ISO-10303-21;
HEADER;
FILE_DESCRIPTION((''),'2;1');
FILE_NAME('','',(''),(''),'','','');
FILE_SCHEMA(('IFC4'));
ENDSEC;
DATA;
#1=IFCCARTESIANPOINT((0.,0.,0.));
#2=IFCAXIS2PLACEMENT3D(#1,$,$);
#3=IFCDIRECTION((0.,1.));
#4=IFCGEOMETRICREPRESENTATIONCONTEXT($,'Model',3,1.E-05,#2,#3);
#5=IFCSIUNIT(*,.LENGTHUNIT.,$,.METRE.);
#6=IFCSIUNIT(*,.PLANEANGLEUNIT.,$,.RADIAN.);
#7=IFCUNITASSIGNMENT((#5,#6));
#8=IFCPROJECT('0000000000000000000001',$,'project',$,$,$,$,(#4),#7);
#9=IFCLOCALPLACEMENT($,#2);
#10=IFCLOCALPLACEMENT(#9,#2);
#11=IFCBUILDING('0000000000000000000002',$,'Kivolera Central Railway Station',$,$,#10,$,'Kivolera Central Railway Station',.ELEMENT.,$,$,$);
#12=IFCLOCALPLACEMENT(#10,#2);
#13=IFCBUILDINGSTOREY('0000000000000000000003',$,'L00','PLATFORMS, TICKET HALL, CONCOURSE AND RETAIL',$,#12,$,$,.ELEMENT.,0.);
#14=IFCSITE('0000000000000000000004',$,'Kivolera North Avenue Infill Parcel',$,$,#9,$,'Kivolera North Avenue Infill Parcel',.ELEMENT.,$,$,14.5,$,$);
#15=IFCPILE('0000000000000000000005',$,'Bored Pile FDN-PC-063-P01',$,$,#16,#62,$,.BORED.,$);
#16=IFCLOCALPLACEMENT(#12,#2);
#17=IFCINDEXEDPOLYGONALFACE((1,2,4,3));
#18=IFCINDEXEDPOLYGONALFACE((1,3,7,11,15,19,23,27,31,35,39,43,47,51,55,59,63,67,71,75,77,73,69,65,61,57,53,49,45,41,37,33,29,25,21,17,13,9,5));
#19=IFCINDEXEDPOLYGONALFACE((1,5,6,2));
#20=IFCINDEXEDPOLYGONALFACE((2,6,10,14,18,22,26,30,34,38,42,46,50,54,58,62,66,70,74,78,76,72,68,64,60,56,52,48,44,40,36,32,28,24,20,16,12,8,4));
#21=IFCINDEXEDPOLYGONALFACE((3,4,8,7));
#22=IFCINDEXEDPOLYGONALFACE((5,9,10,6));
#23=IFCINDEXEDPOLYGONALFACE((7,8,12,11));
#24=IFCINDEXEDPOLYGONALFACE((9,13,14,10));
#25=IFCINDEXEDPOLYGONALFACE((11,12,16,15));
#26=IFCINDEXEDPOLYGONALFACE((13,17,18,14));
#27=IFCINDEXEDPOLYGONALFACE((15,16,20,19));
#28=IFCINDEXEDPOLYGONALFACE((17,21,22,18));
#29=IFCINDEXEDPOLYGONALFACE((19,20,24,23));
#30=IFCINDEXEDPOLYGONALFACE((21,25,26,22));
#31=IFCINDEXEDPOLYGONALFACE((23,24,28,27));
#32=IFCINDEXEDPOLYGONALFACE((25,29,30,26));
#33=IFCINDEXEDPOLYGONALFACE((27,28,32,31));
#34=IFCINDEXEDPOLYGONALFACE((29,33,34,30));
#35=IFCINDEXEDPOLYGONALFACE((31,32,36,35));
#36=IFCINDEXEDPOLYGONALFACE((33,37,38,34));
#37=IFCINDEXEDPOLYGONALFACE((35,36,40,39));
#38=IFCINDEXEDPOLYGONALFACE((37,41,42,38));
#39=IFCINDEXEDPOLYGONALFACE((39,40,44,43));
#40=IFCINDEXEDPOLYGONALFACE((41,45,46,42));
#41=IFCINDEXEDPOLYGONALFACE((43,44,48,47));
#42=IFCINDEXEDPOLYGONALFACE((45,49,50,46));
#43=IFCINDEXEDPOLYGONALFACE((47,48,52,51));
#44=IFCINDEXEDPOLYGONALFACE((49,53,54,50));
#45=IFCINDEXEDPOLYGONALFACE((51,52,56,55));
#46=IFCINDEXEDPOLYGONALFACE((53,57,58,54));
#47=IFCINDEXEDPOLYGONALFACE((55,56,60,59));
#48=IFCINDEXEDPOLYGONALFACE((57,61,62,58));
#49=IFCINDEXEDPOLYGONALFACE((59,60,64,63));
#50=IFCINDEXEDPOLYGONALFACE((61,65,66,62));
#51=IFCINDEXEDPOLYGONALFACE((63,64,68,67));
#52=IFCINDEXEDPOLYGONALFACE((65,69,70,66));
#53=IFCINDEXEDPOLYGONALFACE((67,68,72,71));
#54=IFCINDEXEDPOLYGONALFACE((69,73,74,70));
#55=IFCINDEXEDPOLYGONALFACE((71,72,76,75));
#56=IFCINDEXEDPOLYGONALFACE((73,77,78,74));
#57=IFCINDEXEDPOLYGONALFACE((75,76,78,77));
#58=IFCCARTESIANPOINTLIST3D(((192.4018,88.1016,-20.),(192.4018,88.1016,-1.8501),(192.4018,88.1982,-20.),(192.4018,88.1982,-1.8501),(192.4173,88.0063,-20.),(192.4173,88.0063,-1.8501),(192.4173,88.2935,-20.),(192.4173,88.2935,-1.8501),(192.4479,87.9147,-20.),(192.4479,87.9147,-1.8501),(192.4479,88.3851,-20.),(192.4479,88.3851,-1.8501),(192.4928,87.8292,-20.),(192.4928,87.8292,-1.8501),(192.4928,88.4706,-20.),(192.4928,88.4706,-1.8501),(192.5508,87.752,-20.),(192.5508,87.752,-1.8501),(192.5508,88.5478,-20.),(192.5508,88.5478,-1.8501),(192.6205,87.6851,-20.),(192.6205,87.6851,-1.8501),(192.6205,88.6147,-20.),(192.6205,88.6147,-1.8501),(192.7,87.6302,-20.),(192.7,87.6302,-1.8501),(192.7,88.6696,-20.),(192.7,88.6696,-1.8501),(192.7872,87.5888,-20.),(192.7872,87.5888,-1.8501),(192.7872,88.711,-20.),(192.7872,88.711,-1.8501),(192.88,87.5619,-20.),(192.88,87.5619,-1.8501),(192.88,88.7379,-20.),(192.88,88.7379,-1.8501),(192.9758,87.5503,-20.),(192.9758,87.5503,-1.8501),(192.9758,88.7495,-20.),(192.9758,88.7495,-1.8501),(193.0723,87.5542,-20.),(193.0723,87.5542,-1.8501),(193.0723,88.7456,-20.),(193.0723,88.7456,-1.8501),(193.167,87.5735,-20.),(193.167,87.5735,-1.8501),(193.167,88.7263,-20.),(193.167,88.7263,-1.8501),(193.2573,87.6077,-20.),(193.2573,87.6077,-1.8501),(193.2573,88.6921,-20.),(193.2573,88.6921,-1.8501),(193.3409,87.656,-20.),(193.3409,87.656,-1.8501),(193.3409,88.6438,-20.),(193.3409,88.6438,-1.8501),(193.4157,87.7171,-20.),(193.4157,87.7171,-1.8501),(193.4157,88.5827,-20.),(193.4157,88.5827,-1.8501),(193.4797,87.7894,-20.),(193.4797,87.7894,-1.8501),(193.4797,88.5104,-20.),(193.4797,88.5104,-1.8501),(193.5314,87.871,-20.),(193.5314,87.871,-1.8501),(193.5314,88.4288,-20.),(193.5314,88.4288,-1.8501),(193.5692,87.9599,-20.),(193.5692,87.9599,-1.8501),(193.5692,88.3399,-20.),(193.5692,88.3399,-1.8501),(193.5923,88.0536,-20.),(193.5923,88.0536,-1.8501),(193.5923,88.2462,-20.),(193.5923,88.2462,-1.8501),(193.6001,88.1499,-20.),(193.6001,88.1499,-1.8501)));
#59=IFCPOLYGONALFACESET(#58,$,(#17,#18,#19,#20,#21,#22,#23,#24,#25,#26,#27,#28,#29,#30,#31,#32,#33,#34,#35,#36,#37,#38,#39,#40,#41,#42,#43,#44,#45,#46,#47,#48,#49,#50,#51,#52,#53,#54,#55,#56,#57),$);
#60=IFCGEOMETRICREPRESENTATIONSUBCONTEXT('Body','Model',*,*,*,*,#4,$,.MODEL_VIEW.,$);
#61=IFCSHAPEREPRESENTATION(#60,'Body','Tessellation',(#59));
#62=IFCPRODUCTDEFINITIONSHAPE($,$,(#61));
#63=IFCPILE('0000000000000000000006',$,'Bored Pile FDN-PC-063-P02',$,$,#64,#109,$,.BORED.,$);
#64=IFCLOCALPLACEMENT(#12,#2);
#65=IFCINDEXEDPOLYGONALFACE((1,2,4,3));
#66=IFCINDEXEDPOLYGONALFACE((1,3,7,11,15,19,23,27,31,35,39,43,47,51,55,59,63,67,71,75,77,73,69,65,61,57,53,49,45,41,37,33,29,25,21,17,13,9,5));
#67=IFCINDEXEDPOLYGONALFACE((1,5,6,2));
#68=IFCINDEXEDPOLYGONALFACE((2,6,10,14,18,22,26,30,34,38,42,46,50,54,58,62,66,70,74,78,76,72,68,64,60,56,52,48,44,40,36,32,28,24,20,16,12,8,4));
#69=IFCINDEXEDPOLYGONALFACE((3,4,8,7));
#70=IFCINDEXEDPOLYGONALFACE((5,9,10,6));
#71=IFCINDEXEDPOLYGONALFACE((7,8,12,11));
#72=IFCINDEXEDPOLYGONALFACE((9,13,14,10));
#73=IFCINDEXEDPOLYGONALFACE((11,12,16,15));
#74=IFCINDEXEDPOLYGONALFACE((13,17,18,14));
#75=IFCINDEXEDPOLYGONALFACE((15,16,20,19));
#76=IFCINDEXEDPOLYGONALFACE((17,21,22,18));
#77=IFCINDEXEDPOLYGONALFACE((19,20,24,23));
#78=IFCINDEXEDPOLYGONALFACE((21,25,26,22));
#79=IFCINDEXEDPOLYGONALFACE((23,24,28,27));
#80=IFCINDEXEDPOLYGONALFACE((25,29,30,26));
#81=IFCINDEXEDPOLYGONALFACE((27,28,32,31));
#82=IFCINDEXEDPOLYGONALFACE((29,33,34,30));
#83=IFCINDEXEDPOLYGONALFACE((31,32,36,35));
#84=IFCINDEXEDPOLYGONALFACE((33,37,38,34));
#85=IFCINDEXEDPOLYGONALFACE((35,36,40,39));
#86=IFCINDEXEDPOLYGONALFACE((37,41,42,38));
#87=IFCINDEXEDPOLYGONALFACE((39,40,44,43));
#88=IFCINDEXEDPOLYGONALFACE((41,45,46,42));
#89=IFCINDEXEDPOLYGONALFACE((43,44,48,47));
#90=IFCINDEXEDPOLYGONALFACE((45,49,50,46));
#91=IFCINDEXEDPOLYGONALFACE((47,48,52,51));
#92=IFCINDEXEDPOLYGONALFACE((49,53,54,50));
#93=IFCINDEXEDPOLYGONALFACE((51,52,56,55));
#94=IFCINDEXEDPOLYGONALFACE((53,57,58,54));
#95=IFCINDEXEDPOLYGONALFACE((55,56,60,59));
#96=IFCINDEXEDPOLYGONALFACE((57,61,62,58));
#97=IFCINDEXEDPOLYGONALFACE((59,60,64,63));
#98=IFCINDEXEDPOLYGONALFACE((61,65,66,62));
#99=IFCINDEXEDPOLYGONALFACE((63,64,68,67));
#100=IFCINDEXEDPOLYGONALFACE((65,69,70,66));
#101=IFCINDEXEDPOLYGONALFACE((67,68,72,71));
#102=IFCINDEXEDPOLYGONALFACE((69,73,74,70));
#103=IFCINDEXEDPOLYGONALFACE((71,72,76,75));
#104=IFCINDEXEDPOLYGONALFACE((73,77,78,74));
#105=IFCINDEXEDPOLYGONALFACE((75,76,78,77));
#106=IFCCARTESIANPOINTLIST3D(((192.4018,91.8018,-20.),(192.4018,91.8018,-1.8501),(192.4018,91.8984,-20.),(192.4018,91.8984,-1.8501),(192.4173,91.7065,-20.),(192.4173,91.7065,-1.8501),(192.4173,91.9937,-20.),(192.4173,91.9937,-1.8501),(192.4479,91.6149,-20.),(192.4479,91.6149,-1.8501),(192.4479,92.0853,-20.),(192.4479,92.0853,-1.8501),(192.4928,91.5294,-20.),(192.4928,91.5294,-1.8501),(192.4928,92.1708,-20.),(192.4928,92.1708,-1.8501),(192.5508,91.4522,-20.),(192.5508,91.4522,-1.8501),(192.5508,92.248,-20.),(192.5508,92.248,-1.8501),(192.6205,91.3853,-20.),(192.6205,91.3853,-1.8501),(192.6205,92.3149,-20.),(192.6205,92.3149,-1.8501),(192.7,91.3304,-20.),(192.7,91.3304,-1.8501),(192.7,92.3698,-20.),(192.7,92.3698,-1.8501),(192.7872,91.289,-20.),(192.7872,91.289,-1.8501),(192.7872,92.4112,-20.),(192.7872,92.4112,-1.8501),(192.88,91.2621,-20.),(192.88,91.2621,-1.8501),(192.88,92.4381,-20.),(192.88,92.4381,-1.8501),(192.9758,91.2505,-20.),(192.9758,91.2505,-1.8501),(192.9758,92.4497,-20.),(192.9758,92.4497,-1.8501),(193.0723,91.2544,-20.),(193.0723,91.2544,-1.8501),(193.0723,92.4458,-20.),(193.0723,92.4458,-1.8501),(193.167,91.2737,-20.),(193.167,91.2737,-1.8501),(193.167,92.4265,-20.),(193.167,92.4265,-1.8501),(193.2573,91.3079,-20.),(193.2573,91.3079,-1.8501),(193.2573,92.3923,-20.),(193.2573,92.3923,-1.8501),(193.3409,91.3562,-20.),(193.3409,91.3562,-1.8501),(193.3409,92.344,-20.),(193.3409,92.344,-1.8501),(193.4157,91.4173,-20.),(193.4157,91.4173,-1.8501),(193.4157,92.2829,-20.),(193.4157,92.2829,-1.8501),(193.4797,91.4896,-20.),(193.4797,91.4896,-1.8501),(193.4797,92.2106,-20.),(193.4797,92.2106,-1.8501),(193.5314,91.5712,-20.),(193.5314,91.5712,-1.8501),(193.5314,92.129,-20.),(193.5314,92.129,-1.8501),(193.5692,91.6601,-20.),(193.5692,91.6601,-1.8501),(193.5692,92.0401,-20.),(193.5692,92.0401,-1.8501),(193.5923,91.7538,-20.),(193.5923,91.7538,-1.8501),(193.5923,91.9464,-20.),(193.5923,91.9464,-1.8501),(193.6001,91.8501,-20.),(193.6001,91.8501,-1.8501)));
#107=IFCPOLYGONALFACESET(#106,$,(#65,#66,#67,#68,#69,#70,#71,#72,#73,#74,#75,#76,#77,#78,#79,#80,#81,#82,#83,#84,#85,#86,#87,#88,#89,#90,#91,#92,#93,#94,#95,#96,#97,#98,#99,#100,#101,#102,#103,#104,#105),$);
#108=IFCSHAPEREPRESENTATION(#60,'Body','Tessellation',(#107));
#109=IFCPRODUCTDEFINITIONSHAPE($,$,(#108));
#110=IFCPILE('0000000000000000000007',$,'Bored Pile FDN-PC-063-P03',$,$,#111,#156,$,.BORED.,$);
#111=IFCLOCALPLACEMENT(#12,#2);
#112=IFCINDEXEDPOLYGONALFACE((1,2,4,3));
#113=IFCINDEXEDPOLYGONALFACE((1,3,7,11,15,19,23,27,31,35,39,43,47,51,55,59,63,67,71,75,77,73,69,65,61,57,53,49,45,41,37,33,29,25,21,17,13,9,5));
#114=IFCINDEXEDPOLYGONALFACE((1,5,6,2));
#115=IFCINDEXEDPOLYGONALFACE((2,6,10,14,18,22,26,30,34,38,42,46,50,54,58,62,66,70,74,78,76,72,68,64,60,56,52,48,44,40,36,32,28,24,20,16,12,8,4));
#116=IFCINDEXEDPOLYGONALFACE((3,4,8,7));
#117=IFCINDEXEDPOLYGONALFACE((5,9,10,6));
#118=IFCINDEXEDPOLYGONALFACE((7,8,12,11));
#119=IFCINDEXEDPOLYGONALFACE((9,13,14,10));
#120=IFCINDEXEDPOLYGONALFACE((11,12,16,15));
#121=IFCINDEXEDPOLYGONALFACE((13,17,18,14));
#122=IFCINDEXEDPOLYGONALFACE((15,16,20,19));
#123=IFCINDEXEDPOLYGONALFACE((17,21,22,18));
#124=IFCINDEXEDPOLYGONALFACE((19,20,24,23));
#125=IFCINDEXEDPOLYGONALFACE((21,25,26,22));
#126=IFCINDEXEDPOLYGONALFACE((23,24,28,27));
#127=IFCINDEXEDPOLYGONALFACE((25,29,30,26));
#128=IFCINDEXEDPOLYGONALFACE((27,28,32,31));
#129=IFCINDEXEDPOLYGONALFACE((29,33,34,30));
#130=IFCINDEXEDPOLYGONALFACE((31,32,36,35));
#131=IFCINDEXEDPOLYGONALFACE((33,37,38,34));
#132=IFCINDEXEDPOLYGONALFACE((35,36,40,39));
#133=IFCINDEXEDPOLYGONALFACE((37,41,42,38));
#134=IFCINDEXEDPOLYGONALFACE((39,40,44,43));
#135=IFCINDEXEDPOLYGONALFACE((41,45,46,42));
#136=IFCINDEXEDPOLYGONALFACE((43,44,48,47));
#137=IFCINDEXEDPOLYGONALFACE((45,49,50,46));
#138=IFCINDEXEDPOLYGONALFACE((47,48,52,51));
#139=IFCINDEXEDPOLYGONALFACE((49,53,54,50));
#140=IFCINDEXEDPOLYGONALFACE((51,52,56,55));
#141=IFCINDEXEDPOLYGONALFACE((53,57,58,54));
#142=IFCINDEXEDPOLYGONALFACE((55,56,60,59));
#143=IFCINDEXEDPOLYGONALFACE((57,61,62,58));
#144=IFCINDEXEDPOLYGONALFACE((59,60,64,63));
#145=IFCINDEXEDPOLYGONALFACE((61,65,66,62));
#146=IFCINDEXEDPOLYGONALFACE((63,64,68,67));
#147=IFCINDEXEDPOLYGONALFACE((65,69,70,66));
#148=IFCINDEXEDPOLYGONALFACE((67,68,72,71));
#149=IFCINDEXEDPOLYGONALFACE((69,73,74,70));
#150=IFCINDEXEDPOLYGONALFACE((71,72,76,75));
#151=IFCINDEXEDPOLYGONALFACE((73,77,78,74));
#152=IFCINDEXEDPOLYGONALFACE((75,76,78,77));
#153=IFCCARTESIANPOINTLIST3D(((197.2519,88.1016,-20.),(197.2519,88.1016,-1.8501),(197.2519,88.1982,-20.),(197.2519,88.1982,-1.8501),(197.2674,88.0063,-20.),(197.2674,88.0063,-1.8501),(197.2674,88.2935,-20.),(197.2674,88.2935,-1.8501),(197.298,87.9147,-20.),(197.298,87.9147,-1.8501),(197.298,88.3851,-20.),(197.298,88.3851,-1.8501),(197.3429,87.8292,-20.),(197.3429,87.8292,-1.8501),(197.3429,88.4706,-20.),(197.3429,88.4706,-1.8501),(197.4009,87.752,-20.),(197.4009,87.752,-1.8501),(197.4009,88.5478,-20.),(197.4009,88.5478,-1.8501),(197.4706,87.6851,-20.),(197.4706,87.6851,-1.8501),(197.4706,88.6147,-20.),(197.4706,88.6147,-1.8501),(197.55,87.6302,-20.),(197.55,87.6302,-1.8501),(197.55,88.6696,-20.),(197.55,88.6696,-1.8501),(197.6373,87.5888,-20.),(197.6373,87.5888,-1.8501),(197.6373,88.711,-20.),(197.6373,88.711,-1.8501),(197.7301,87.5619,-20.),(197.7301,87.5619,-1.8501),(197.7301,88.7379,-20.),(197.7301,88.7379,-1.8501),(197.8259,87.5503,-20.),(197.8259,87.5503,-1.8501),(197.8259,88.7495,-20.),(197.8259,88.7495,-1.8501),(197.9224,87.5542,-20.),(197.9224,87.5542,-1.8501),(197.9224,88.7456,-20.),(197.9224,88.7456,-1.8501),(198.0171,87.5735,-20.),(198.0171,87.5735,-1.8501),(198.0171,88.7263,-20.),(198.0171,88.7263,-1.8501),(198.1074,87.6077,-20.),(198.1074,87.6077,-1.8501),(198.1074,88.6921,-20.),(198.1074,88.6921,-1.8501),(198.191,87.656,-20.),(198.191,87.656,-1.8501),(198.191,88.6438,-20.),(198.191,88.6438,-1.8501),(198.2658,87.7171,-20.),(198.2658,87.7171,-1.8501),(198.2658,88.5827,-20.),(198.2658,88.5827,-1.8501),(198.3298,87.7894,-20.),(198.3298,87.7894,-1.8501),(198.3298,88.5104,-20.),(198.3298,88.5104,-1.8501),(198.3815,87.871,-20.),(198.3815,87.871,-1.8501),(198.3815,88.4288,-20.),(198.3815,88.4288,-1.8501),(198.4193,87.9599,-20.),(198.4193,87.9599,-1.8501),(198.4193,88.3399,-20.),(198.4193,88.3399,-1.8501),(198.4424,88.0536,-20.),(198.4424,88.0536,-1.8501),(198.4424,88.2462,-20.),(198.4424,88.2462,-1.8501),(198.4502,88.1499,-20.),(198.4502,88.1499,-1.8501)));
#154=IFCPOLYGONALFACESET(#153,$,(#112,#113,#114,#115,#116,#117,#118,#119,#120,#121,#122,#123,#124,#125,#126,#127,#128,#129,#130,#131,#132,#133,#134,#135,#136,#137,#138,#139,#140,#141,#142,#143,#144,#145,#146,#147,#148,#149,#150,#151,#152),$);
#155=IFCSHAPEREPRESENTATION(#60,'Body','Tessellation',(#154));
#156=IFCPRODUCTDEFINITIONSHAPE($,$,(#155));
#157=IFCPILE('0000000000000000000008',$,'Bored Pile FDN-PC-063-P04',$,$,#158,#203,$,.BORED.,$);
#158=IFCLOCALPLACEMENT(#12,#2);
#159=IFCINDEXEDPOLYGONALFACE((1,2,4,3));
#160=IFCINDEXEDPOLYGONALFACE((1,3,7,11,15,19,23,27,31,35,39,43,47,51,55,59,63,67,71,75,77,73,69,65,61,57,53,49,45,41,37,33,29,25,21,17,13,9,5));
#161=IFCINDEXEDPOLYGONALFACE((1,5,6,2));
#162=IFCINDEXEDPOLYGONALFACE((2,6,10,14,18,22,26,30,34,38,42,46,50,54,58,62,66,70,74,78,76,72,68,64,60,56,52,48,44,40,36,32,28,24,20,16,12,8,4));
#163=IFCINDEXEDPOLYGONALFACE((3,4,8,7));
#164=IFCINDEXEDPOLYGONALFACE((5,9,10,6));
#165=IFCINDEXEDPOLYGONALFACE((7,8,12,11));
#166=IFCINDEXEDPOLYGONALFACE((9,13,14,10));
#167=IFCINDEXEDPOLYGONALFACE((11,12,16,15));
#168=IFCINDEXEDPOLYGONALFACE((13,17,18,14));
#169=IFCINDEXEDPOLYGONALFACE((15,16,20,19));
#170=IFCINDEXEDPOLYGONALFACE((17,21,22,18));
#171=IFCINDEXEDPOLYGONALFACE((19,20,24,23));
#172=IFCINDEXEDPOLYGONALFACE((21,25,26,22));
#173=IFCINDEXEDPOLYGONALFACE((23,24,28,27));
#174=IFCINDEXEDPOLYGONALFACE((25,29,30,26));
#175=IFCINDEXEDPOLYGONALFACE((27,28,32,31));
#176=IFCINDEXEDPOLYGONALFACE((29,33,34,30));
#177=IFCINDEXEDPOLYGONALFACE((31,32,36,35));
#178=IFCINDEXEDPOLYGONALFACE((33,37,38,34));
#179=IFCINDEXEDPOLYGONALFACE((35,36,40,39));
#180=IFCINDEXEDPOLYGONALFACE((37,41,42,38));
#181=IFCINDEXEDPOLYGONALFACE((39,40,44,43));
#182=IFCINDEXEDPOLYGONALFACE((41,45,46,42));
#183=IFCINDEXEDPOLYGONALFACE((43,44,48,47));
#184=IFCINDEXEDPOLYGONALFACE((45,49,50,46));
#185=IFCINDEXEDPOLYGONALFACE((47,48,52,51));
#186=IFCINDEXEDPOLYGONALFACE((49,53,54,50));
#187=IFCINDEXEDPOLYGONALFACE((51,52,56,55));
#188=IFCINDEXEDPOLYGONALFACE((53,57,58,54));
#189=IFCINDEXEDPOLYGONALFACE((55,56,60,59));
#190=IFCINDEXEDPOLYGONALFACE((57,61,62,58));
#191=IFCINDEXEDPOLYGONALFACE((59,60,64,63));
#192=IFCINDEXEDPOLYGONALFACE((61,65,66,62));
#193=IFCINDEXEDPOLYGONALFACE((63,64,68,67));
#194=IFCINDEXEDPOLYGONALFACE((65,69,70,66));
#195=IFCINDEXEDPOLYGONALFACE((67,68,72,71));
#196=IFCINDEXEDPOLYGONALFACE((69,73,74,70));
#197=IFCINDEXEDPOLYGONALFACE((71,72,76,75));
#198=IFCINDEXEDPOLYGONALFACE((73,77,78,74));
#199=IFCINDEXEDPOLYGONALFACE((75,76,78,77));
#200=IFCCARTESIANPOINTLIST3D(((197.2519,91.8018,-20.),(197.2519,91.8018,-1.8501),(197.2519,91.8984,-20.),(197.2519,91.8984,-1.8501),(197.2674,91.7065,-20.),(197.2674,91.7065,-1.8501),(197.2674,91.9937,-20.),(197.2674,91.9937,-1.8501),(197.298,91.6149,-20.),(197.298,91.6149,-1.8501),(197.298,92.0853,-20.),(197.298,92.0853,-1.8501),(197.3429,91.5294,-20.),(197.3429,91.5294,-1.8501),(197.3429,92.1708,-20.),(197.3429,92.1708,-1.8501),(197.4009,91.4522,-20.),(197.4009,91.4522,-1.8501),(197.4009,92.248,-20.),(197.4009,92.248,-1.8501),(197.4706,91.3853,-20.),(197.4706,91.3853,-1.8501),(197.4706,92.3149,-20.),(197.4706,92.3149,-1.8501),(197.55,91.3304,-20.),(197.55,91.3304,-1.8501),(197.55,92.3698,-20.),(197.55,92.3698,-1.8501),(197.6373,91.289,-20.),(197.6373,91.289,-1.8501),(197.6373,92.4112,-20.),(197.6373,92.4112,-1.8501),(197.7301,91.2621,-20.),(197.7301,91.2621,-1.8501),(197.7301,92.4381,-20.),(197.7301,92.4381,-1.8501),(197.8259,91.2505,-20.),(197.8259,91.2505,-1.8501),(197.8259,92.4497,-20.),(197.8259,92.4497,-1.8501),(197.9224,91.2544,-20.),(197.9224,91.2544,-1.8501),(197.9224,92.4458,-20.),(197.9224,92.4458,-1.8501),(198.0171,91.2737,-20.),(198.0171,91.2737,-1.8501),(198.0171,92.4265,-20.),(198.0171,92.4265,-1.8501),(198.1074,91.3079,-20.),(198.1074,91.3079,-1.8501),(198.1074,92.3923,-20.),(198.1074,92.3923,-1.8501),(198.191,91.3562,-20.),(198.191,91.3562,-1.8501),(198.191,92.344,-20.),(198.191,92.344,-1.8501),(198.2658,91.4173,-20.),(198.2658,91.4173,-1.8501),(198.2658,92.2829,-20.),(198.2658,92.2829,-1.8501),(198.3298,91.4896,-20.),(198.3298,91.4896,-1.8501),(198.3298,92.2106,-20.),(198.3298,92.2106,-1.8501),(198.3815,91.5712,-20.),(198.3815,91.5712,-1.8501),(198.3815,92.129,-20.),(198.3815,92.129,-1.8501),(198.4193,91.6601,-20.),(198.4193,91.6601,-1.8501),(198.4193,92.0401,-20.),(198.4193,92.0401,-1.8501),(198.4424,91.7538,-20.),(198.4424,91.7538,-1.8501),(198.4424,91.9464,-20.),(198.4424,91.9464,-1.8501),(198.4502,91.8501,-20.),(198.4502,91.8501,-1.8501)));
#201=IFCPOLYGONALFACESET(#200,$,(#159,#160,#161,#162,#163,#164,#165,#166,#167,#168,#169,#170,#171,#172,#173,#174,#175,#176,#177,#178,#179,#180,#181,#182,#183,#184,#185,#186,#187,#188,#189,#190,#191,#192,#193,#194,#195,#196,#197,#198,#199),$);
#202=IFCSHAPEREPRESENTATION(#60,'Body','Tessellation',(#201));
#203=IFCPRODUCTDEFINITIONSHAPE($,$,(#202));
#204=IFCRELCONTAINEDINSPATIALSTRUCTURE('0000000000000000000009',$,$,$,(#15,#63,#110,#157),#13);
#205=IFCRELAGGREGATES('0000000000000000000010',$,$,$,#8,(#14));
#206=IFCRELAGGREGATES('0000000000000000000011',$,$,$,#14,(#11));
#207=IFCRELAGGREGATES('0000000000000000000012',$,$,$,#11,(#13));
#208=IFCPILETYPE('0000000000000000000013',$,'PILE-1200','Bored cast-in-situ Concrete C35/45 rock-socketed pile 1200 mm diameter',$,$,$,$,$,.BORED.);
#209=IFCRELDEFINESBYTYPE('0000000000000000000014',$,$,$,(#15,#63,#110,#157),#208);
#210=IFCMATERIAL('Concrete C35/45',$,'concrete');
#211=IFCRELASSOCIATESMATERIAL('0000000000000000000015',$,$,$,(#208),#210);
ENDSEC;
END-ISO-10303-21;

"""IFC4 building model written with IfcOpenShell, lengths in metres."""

from ifc_helpers import new_model, si_unit, direction, frame, origin, origin_2d, place, context, subcontext, project, spatial, circle, extrude, material, material_profile, profile_set, type_object, element, save


model = new_model("IFC4")

# Units and contexts
model_context = context("Model", 3, precision=1e-05, world=origin(), true_north=direction((0.0, 1.0)))
body_context = subcontext(model_context, "Body", "Model", "MODEL_VIEW")
ifc_project = project(units=[si_unit("LENGTHUNIT", "METRE"), si_unit("PLANEANGLEUNIT", "RADIAN")], contexts=[model_context])

# Site, building, storey
site_placement = place(None, origin())
site = spatial("IfcSite", under=ifc_project, at=site_placement, Name="Kivolera North Avenue Infill Parcel", LongName="Kivolera North Avenue Infill Parcel", CompositionType="ELEMENT", RefElevation=14.5)
building_placement = place(site_placement, origin())
building = spatial("IfcBuilding", under=site, at=building_placement, Name="Kivolera Central Railway Station", LongName="Kivolera Central Railway Station", CompositionType="ELEMENT")
storey_placement = place(building_placement, origin())
storey = spatial("IfcBuildingStorey", under=building, at=storey_placement, Name="L00", Description="PLATFORMS, TICKET HALL, CONCOURSE AND RETAIL", CompositionType="ELEMENT", Elevation=0.0)

# Shared definitions
ifc_material_1 = material(Name="Concrete C35/45", Category="concrete")

# Piles
ifc_material_profile_1 = material_profile(ifc_material_1, circle(Radius=0.6001, at=origin_2d()), Name="PILE D1200")
ifc_profile_set_1 = profile_set([ifc_material_profile_1], Name="Concrete C35/45")
pile_type = type_object("IfcPileType", Name="PILE-1200", Description="Bored cast-in-situ Concrete C35/45 rock-socketed pile 1200 mm diameter", PredefinedType="BORED", material=ifc_profile_set_1)
for number, where, z_axis, x_axis, name in (
    (1, (193.0, 88.1499, -1.8501), (0.0, 0.0, -1.0), (1.0, 0.0, 0.0), "Bored Pile FDN-PC-063-P01"),
    (2, (193.0, 91.8501, -1.8501), (0.0, 0.0, -1.0), (1.0, 0.0, 0.0), "Bored Pile FDN-PC-063-P02"),
    (3, (197.8501, 88.1499, -1.8501), (0.0, 0.0, -1.0), (1.0, 0.0, 0.0), "Bored Pile FDN-PC-063-P03"),
    (4, (197.8501, 91.8501, -1.8501), (0.0, 0.0, -1.0), (1.0, 0.0, 0.0), "Bored Pile FDN-PC-063-P04"),
):
    element("IfcPile", number, at=place(storey_placement, frame(where, z_axis=z_axis, x_axis=x_axis)), inside=storey, type_object=pile_type, Name=name, PredefinedType="BORED", context=body_context, shape_type="SweptSolid", body=[
        extrude(circle(Radius=0.6001, at=origin_2d()), origin(), (0.0, 0.0, 1.0), 18.1499),
    ])

save(model, "model.ifc")
